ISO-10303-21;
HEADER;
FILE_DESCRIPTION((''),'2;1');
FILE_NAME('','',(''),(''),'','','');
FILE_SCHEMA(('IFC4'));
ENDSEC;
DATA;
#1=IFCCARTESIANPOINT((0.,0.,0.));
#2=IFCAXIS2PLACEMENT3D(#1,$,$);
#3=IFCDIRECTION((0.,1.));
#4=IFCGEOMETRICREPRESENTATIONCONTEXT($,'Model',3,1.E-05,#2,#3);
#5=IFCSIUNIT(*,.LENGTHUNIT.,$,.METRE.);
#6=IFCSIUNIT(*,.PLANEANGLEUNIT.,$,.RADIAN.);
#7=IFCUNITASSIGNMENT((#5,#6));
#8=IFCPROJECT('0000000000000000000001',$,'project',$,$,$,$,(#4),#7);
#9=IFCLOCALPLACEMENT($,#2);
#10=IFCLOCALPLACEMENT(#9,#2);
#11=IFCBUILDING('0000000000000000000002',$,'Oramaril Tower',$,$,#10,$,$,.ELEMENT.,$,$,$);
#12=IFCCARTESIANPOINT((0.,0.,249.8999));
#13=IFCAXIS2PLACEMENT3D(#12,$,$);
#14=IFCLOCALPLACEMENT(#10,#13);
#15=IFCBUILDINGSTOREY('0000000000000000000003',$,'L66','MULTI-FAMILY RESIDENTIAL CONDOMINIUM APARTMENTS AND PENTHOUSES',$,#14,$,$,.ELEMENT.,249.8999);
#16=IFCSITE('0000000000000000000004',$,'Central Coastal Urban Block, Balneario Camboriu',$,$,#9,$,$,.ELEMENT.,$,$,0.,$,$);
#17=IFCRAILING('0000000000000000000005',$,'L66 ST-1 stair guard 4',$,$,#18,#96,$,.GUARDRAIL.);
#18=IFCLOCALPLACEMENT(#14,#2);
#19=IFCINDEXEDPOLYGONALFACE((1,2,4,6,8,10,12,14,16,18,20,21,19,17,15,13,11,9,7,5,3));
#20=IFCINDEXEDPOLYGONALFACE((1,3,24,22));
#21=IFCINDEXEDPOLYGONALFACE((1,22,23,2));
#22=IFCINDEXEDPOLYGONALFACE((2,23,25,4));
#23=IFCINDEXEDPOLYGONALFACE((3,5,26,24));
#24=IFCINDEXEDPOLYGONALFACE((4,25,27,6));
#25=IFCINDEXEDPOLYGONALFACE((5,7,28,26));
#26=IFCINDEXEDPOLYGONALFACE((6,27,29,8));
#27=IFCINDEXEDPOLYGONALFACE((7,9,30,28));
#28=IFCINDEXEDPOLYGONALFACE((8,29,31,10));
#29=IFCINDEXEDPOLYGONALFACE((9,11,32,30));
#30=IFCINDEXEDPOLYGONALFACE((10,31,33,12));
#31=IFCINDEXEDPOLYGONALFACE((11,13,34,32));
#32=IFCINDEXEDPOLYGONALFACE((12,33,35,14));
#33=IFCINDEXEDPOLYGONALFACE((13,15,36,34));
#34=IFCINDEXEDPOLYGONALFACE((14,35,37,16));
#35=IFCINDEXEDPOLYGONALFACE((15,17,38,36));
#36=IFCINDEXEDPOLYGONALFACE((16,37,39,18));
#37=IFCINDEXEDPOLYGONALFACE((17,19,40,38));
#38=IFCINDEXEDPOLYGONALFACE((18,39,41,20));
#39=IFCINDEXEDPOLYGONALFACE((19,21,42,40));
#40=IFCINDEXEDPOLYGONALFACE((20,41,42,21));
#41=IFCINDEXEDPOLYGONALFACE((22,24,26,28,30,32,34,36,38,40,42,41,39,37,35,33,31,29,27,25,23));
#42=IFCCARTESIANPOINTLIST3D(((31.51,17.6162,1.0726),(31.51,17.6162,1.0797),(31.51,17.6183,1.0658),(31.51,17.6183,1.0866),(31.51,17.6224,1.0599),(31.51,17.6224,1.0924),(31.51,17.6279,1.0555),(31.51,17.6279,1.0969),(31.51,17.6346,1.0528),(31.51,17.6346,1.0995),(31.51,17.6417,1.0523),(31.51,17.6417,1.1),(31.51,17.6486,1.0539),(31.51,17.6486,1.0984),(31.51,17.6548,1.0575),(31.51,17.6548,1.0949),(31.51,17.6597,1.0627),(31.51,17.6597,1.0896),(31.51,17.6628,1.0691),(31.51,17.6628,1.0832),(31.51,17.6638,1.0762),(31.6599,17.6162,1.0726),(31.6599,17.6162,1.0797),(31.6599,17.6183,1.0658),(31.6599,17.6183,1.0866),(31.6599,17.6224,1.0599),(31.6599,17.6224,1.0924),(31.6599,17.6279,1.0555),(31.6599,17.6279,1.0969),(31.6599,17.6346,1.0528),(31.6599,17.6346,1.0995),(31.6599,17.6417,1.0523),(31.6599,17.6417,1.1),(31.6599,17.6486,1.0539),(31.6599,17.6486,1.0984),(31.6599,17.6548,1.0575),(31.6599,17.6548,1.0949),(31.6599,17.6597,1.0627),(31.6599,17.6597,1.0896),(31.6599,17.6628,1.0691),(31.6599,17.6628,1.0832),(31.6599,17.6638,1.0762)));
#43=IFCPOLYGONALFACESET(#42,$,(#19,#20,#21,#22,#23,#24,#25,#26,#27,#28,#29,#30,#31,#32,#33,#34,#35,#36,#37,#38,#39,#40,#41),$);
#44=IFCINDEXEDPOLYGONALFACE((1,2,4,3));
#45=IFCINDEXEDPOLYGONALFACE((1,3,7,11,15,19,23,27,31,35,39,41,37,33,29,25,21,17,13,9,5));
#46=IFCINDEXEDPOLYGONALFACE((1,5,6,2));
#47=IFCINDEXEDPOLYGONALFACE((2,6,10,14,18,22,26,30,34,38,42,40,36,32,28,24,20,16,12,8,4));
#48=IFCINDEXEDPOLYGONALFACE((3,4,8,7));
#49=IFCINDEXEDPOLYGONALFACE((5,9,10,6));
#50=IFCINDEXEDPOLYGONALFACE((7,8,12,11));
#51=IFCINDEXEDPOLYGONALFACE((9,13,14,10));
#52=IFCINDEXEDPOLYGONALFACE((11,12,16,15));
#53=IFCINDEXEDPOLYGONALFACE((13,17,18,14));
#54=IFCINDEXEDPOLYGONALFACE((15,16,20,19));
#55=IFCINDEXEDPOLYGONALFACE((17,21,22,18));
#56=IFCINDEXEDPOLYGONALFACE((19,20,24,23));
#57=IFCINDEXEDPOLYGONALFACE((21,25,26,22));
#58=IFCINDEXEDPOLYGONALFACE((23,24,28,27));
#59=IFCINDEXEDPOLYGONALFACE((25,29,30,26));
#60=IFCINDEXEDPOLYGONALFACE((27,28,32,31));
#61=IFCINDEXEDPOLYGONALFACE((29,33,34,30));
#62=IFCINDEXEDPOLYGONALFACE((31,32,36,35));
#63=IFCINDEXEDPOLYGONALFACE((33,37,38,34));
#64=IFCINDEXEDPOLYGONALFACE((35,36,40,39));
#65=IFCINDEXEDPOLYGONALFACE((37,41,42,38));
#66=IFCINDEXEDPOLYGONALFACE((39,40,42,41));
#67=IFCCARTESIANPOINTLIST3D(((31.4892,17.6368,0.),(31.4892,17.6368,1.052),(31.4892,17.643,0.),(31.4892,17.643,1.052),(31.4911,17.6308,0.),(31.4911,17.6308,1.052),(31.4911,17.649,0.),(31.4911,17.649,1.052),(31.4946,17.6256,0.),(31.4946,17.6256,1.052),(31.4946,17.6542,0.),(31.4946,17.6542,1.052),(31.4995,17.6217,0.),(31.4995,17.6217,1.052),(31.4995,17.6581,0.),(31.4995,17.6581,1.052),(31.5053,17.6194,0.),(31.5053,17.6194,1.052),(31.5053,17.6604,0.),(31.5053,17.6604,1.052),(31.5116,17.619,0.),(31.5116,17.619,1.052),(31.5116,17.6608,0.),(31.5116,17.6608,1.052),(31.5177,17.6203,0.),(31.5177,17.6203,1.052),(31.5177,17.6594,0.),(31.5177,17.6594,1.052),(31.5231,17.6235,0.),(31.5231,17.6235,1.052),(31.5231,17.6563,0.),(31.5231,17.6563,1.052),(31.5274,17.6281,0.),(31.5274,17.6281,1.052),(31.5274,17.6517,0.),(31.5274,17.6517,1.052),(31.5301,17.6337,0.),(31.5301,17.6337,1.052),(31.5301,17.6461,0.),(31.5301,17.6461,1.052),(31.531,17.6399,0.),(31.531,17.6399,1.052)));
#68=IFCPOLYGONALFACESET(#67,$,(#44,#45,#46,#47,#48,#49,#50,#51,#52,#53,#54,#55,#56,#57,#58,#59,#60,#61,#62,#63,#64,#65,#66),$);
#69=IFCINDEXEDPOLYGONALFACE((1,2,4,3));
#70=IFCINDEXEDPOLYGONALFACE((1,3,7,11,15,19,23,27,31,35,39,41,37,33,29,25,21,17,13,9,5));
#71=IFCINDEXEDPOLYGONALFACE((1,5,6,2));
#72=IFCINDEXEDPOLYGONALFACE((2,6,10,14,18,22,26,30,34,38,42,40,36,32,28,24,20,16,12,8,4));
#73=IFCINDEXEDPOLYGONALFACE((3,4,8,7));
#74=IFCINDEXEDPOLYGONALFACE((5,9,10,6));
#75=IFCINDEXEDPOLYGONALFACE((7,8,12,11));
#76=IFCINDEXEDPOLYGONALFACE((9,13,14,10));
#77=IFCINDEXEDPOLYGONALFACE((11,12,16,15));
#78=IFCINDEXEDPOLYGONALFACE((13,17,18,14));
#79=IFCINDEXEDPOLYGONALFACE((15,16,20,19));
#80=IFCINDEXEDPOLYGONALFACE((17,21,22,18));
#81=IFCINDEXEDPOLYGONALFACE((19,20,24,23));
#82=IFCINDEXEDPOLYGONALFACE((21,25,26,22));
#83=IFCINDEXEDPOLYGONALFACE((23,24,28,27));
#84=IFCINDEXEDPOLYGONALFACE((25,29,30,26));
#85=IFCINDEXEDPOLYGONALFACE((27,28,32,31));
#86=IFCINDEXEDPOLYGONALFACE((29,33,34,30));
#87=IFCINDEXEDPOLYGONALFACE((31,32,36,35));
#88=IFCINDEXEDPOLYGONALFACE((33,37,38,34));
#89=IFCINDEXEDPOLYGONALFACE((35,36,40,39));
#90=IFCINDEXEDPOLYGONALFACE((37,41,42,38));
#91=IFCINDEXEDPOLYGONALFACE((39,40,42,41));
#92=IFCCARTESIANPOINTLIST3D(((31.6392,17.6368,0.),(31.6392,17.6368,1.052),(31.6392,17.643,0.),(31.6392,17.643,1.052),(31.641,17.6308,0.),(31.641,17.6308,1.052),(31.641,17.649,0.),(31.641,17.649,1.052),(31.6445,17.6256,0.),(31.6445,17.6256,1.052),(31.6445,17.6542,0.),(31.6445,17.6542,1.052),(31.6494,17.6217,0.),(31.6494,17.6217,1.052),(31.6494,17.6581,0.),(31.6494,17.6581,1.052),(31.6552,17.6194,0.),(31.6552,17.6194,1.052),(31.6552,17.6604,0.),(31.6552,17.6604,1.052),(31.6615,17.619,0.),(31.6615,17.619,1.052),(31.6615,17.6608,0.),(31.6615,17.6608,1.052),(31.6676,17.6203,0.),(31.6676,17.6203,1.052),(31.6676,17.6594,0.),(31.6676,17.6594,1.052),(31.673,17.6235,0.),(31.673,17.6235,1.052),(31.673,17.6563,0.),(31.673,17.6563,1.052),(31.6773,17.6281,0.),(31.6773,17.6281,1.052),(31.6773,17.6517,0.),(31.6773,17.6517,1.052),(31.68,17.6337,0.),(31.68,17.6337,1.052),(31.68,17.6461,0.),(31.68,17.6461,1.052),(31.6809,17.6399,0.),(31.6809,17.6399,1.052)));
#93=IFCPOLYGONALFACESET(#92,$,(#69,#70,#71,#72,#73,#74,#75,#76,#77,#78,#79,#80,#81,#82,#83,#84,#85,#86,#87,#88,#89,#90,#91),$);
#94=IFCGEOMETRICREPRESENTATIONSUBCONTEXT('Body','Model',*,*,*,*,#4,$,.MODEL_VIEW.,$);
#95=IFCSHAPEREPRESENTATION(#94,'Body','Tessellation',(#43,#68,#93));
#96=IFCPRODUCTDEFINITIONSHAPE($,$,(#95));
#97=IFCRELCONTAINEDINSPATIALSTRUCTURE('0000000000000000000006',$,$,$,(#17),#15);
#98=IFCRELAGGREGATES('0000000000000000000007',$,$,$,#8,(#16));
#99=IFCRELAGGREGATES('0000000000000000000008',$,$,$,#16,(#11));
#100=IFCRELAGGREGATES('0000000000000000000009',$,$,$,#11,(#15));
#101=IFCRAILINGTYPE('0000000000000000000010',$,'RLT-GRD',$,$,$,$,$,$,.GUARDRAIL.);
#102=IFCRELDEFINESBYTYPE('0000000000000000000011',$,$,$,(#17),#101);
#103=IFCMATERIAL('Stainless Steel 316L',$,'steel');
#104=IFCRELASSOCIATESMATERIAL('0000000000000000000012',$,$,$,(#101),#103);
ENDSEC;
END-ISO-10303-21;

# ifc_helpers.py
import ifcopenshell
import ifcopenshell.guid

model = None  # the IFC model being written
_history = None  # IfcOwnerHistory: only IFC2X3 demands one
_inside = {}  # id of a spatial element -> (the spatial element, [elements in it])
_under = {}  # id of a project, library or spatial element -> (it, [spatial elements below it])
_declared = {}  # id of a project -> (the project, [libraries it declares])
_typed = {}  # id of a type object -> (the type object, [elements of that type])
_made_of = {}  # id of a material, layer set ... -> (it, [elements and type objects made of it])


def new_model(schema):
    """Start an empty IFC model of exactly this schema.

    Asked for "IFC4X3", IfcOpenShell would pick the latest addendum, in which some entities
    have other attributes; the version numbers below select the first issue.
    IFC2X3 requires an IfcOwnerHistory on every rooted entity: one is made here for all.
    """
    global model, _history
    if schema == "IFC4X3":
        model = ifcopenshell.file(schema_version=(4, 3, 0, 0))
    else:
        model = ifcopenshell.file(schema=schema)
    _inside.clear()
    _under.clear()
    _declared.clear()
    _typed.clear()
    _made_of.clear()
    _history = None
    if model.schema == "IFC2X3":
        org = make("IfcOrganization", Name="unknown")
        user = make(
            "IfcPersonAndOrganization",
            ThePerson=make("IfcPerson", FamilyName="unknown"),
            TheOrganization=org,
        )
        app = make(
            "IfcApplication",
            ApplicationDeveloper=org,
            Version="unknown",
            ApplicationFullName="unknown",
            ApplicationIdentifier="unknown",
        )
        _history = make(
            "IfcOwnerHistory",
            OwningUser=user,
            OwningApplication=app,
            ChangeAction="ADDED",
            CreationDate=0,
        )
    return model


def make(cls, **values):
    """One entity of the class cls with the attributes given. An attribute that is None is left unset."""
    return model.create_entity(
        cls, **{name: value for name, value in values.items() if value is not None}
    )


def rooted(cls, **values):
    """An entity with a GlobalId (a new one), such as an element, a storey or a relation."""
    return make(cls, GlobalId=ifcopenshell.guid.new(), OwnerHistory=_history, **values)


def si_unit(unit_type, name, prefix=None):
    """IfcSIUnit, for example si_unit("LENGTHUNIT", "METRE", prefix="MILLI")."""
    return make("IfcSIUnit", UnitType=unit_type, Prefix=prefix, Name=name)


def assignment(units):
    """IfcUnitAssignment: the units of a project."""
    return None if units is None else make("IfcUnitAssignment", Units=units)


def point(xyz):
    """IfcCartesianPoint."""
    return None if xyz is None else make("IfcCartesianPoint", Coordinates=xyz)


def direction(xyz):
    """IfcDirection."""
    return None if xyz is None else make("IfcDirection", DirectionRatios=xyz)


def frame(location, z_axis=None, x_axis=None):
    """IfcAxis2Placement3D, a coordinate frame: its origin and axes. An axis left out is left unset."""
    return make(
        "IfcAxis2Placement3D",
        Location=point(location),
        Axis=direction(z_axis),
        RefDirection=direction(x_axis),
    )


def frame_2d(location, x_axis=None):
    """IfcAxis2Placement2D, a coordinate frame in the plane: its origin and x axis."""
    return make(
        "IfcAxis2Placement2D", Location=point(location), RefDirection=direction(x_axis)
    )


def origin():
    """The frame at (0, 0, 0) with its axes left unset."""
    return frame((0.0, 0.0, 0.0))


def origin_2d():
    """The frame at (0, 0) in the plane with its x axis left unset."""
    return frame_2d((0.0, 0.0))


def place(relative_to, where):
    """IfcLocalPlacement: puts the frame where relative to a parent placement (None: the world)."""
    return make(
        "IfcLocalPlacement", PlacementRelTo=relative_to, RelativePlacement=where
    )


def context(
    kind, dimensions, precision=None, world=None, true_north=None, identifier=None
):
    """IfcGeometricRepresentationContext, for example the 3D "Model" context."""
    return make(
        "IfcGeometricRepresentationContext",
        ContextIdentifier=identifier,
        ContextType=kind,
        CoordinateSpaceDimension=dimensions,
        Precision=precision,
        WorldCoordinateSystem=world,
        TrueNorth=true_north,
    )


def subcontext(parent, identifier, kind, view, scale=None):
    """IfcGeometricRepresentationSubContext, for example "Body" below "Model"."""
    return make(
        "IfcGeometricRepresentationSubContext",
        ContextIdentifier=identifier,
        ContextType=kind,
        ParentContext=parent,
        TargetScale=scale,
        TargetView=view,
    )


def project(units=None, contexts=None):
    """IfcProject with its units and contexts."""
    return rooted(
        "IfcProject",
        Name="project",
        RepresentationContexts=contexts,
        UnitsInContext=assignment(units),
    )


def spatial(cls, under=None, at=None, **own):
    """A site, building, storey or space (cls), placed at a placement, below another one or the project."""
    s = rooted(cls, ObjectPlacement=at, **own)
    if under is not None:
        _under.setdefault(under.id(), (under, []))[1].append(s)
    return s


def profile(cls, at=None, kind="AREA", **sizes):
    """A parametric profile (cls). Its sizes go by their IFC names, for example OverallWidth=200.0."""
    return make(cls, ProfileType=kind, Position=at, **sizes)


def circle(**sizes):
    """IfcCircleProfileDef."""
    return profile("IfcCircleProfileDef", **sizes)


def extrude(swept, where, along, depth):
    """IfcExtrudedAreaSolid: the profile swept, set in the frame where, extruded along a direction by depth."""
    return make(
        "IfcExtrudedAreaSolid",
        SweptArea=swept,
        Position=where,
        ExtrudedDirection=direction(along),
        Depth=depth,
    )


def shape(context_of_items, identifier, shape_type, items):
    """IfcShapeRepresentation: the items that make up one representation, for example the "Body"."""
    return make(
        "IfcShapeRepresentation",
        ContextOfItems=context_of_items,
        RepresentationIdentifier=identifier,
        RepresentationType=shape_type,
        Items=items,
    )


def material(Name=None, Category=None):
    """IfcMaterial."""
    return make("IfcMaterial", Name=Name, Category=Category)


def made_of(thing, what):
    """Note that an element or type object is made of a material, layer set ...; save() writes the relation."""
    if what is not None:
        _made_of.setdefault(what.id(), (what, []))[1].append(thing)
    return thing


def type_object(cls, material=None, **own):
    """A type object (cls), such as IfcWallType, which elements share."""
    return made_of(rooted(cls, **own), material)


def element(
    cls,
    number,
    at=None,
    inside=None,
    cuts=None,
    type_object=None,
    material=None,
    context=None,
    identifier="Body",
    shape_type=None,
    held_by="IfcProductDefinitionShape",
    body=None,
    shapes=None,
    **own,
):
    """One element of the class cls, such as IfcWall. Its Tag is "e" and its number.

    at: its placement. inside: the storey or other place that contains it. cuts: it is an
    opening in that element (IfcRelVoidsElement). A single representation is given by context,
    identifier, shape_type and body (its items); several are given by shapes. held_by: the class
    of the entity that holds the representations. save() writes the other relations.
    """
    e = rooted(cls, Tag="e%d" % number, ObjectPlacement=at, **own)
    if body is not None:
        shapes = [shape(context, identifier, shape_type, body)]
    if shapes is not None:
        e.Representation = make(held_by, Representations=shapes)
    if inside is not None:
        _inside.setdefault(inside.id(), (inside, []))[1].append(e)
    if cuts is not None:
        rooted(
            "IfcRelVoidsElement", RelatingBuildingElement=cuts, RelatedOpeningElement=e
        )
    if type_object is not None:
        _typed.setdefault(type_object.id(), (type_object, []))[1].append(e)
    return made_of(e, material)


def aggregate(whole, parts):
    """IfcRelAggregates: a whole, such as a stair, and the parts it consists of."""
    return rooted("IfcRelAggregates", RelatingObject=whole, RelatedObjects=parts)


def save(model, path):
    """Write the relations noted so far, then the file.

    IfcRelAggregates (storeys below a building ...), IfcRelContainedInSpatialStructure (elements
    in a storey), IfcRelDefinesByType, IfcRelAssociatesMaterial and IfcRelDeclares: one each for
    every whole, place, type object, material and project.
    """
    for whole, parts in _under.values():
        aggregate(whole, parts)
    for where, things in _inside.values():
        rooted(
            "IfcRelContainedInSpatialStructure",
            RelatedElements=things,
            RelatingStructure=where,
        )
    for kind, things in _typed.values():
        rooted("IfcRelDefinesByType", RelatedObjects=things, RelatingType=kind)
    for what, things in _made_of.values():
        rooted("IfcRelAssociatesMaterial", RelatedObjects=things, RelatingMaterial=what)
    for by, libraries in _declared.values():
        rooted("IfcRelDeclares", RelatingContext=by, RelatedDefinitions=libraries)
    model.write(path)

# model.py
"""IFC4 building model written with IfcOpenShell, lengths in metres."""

from ifc_helpers import new_model, si_unit, direction, frame, origin, origin_2d, place, context, subcontext, project, spatial, circle, extrude, material, type_object, element, save


model = new_model("IFC4")

# Units and contexts
model_context = context("Model", 3, precision=1e-05, world=origin(), true_north=direction((0.0, 1.0)))
body_context = subcontext(model_context, "Body", "Model", "MODEL_VIEW")
ifc_project = project(units=[si_unit("LENGTHUNIT", "METRE"), si_unit("PLANEANGLEUNIT", "RADIAN")], contexts=[model_context])

# Site, building, storey
site_placement = place(None, origin())
site = spatial("IfcSite", under=ifc_project, at=site_placement, Name="Central Coastal Urban Block, Balneario Camboriu", CompositionType="ELEMENT", RefElevation=0.0)
building_placement = place(site_placement, origin())
building = spatial("IfcBuilding", under=site, at=building_placement, Name="Oramaril Tower", CompositionType="ELEMENT")
storey_placement = place(building_placement, frame((0.0, 0.0, 249.8999)))
storey = spatial("IfcBuildingStorey", under=building, at=storey_placement, Name="L66", Description="MULTI-FAMILY RESIDENTIAL CONDOMINIUM APARTMENTS AND PENTHOUSES", CompositionType="ELEMENT", Elevation=249.8999)

# Railing
ifc_material_1 = material(Name="Stainless Steel 316L", Category="steel")
railing_type_1 = type_object("IfcRailingType", Name="RLT-GRD", PredefinedType="GUARDRAIL", material=ifc_material_1)
railing_1_placement = place(storey_placement, frame((31.51, 17.6399, 0.0)))
element("IfcRailing", 1, at=railing_1_placement, inside=storey, type_object=railing_type_1, Name="L66 ST-1 stair guard 4", PredefinedType="GUARDRAIL", context=body_context, shape_type="SweptSolid", body=[
    extrude(circle(Radius=0.0239, at=origin_2d()), frame((0.0, 0.0, 1.0762), z_axis=(1.0, 0.0, 0.0), x_axis=(0.0, 1.0, 0.0)), (0.0, 0.0, 1.0), 0.1499),
    extrude(circle(Radius=0.021, at=origin_2d()), origin(), (0.0, 0.0, 1.0), 1.052),
    extrude(circle(Radius=0.021, at=origin_2d()), frame((0.1499, 0.0, 0.0)), (0.0, 0.0, 1.0), 1.052),
])

save(model, "model.ifc")
